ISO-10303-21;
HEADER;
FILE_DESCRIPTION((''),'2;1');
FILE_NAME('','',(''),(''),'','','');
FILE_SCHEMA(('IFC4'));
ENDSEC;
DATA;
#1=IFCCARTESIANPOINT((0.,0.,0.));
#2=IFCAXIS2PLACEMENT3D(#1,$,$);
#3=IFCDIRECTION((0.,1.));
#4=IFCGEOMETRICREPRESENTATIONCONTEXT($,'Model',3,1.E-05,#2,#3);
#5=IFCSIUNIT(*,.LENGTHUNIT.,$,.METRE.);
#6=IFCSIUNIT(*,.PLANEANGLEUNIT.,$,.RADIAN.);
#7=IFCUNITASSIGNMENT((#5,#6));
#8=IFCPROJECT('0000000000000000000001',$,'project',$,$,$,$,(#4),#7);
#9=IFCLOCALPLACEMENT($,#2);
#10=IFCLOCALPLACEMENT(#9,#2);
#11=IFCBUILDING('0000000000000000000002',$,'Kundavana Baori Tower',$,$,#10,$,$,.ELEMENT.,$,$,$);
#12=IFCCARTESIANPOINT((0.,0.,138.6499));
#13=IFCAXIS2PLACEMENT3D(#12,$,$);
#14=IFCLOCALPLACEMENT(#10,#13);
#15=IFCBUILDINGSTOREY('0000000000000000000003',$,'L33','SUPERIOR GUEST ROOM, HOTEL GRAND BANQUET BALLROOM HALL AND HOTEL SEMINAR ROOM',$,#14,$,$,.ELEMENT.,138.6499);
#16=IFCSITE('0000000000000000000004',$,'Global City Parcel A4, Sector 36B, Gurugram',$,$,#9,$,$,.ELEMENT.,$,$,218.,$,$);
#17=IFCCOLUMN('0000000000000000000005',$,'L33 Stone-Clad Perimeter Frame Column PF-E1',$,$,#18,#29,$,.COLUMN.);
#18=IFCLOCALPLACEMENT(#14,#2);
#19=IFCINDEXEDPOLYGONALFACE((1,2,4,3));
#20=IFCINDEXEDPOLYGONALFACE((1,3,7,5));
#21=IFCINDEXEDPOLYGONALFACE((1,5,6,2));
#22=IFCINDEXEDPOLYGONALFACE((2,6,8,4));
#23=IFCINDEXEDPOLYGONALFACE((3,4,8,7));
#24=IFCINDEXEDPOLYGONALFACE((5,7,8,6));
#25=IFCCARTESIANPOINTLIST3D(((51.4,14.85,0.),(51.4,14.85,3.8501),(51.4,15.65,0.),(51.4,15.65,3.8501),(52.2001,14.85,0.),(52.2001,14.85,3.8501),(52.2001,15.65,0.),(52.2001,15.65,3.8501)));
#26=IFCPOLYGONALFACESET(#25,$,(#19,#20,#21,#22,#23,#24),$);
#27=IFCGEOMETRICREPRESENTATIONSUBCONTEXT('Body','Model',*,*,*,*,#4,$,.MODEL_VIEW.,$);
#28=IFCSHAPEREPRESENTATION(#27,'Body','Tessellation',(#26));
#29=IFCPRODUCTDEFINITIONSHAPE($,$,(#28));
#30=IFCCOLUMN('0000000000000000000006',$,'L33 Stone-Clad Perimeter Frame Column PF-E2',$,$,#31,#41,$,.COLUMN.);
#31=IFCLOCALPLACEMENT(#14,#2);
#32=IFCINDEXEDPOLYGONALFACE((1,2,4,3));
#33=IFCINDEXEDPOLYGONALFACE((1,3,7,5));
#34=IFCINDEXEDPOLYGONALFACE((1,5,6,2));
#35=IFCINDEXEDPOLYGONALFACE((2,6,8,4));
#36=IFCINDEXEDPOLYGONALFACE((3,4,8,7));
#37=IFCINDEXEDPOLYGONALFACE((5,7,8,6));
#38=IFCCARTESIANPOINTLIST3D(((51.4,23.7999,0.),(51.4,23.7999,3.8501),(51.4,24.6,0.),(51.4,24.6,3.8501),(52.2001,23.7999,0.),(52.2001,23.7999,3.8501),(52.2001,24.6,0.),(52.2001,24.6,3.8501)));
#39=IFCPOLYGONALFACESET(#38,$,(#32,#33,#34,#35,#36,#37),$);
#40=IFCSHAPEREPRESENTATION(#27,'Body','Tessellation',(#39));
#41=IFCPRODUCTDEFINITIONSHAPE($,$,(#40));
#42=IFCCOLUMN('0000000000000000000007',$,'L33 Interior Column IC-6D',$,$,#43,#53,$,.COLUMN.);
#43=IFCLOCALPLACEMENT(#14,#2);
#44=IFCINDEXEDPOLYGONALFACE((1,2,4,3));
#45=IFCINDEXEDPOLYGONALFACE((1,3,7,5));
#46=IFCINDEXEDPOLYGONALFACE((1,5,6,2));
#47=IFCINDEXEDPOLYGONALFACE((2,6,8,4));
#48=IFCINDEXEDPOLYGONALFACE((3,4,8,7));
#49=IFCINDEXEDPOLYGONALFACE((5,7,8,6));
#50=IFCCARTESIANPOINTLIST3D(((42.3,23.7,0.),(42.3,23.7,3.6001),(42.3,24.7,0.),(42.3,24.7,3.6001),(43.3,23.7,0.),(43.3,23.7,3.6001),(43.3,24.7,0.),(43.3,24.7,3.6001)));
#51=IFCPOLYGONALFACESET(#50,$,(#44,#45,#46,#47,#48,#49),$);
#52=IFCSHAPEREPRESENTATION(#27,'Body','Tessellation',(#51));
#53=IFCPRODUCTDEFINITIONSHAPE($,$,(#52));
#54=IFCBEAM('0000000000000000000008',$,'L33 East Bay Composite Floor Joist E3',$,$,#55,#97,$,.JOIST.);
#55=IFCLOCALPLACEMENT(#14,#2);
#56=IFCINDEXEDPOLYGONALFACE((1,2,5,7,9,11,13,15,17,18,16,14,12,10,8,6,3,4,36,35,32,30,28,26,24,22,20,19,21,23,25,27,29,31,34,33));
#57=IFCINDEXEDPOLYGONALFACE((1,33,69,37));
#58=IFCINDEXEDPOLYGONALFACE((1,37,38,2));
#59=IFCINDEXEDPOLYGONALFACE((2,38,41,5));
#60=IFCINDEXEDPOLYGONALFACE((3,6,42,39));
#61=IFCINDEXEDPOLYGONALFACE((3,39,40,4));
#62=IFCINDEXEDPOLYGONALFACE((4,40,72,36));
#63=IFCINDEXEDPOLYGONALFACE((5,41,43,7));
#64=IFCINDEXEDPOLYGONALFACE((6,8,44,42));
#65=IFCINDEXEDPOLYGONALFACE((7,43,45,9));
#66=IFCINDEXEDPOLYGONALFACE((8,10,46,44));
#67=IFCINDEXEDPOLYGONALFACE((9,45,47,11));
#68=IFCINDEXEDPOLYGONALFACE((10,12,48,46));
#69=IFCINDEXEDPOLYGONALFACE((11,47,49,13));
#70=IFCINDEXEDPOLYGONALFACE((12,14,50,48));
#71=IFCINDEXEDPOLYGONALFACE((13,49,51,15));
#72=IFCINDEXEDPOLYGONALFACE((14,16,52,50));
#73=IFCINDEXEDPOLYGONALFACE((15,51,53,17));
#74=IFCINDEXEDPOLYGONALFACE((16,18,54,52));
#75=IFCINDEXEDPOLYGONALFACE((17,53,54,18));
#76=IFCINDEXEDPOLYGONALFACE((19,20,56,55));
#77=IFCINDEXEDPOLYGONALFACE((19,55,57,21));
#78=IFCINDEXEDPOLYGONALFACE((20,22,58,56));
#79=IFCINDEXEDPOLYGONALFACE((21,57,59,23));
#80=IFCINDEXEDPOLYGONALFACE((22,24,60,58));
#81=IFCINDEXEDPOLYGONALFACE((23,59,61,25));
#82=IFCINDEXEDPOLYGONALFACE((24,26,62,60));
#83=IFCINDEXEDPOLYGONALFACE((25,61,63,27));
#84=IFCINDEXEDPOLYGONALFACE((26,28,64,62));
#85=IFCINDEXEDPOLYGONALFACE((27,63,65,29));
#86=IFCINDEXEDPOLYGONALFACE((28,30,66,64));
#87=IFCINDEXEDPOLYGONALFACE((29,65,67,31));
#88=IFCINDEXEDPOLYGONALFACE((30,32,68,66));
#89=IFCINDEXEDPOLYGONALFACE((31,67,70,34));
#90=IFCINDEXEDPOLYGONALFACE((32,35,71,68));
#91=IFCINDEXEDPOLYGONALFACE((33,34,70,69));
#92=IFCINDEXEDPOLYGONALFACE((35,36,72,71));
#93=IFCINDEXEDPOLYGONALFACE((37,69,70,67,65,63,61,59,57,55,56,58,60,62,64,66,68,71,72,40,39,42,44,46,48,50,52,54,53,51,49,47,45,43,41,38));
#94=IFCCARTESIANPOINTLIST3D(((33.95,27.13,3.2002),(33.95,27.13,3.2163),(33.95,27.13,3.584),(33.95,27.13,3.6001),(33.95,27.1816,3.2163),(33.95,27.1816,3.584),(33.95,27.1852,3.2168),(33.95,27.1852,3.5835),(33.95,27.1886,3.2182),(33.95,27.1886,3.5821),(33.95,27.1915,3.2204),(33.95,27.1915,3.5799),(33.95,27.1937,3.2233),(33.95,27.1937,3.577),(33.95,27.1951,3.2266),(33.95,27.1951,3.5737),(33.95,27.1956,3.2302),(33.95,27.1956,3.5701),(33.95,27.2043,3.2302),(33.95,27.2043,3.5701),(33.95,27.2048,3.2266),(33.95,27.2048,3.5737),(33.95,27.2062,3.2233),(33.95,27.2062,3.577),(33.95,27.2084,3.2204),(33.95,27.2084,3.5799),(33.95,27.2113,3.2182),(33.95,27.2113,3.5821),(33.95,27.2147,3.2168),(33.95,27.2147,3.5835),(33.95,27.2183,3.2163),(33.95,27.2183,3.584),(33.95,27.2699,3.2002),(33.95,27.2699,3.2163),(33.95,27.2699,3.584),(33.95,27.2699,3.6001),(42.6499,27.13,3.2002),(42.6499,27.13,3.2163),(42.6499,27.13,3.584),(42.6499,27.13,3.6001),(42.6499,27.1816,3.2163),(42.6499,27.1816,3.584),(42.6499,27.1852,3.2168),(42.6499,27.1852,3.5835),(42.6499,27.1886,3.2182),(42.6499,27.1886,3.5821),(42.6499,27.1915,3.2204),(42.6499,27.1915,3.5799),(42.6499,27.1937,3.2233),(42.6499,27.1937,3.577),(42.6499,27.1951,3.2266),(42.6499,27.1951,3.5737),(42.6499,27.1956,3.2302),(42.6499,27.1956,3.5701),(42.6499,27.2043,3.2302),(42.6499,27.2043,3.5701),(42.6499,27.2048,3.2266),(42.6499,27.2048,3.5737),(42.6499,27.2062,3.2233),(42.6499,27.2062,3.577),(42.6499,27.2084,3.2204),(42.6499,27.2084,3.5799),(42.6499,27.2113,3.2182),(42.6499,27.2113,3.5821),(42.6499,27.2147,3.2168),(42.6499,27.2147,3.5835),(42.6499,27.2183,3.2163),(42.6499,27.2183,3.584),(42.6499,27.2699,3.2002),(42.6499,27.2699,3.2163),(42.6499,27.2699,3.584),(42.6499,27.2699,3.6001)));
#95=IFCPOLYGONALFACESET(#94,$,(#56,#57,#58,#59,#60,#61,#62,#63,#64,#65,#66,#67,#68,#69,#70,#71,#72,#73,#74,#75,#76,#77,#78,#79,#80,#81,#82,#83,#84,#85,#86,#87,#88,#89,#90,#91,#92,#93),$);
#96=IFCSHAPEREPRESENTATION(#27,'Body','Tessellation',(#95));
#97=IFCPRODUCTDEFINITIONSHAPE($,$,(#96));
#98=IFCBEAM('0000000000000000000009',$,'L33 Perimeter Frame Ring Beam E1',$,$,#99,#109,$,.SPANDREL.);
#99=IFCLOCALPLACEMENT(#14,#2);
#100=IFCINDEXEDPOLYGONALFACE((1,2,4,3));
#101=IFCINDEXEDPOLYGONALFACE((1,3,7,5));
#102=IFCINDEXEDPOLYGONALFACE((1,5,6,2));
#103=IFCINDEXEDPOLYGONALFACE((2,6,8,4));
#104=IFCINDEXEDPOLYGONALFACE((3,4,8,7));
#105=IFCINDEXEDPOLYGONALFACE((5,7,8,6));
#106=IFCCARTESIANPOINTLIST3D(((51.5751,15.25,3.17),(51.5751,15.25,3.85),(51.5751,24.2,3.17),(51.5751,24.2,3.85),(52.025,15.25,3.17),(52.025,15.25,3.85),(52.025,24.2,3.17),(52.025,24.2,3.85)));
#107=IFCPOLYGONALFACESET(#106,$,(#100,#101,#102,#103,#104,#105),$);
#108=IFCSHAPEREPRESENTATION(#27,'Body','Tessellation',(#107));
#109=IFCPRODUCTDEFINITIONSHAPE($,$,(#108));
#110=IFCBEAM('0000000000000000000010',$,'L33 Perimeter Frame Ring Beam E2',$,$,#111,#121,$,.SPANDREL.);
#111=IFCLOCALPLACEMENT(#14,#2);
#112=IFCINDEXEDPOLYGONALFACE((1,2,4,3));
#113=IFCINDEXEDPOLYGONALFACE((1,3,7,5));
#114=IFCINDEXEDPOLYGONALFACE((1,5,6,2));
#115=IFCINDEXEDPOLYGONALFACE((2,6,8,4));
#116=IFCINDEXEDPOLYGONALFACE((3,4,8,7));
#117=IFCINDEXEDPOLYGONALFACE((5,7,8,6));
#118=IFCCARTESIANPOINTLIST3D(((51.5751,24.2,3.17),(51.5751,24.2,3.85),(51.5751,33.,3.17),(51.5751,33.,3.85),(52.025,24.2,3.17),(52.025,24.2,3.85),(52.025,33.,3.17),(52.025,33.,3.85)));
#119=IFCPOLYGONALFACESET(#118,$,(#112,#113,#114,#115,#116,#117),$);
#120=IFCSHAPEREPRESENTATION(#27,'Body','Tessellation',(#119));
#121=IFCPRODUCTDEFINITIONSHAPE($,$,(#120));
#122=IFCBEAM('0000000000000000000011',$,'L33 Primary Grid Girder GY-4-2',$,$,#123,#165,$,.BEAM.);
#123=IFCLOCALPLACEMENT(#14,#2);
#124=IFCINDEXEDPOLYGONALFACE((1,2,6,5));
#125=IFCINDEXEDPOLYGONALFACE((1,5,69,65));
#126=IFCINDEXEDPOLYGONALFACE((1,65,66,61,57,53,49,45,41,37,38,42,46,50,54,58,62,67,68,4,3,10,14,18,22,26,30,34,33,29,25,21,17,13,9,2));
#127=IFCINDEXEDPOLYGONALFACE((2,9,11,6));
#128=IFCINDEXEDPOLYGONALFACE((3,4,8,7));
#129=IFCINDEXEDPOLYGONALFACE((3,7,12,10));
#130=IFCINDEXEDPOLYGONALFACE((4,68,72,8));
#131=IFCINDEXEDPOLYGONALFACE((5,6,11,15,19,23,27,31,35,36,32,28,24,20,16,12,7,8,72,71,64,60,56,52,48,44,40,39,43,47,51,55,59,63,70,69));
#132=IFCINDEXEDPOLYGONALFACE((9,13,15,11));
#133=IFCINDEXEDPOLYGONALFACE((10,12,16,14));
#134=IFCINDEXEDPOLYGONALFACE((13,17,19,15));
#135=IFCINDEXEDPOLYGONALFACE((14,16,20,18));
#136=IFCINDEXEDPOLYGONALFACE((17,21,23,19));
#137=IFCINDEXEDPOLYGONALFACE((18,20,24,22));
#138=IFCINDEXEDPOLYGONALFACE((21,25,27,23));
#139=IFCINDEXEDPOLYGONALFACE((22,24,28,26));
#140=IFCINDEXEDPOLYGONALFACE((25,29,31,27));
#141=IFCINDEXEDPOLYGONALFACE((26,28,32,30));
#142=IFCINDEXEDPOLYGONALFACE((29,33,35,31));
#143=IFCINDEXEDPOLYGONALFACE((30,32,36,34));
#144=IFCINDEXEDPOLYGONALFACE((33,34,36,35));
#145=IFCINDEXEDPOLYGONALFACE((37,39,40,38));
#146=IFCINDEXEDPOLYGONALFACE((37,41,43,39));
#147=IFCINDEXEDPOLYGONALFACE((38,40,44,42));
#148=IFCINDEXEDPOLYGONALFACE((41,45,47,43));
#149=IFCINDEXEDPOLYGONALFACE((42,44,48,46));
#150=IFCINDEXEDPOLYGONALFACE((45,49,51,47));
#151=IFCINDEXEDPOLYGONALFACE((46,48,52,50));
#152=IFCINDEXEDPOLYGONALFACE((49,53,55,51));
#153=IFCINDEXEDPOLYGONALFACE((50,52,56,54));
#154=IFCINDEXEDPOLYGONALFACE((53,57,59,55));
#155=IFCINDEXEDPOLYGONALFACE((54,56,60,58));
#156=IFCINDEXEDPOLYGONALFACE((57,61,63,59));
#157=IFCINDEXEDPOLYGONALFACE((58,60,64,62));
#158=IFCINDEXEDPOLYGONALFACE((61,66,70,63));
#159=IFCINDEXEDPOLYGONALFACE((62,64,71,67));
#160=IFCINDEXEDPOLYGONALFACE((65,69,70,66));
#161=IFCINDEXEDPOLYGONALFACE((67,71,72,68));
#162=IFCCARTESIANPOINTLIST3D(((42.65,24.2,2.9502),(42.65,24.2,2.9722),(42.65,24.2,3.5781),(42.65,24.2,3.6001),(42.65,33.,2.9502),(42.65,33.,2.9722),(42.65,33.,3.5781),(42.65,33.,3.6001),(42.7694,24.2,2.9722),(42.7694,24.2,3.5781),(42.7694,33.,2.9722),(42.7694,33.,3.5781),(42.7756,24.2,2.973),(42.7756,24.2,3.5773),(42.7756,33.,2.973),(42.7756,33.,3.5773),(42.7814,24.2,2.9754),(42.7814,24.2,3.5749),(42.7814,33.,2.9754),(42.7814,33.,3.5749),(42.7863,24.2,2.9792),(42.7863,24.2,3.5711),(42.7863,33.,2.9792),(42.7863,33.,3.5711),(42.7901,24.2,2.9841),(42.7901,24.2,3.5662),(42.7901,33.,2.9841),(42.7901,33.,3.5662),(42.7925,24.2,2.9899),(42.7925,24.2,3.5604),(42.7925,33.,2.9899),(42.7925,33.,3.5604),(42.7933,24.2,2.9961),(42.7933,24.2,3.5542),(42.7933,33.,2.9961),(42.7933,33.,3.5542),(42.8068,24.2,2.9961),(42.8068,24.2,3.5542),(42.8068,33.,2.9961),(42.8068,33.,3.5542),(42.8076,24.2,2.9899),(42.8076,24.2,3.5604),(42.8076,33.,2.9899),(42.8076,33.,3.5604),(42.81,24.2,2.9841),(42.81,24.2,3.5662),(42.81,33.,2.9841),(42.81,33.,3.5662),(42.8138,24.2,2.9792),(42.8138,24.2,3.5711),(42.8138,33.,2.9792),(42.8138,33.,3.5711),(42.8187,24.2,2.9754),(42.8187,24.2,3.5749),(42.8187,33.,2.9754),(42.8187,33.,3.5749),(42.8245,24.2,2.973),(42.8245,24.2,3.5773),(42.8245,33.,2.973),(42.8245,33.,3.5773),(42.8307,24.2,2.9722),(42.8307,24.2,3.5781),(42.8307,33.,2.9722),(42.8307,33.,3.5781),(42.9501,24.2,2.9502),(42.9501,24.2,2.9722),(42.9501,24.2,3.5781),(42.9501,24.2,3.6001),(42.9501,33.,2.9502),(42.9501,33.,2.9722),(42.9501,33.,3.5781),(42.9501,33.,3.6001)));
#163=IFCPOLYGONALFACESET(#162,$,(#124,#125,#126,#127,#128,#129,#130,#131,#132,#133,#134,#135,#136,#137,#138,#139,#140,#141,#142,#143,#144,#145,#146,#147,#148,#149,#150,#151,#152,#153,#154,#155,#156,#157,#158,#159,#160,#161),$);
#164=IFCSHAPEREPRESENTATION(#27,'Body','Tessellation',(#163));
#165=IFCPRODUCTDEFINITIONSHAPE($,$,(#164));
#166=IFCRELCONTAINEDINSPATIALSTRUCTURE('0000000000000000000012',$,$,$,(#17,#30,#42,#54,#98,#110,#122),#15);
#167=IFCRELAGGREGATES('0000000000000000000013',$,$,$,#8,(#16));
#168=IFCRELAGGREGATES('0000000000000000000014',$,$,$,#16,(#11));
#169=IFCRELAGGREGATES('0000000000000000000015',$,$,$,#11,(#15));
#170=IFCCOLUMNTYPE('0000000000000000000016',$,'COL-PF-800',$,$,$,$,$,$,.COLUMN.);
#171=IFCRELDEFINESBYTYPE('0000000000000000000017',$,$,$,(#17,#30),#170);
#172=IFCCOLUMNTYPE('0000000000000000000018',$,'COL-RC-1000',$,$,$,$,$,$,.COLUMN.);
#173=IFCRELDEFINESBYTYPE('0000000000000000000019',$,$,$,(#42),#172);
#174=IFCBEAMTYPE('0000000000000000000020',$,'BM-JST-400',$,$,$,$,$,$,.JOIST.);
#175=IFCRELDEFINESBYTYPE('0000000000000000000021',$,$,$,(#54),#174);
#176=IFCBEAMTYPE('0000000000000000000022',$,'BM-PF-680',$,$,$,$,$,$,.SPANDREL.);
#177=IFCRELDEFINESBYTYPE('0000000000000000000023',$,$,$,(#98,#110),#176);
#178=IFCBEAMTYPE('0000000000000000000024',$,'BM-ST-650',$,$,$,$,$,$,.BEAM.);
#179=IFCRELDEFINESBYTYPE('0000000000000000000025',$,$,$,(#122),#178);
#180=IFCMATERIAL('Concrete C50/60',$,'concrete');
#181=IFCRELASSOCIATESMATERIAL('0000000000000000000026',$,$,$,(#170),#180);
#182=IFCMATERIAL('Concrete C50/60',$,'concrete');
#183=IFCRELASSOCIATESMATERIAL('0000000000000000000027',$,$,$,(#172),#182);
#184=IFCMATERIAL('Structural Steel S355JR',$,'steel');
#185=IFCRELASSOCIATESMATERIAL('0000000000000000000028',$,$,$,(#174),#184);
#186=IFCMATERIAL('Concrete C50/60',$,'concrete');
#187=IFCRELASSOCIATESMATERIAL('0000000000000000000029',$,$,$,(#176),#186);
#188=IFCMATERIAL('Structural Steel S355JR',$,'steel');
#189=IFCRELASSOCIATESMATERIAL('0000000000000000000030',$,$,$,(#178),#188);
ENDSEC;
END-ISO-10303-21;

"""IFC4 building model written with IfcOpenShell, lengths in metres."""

from ifc_helpers import new_model, si_unit, direction, frame, origin, origin_2d, place, context, subcontext, project, spatial, rectangle, i_section, extrude, material, material_profile, profile_set, type_object, element, save


model = new_model("IFC4")

# Units and contexts
model_context = context("Model", 3, precision=1e-05, world=origin(), true_north=direction((0.0, 1.0)))
body_context = subcontext(model_context, "Body", "Model", "MODEL_VIEW")
ifc_project = project(units=[si_unit("LENGTHUNIT", "METRE"), si_unit("PLANEANGLEUNIT", "RADIAN")], contexts=[model_context])

# Site, building, storey
site_placement = place(None, origin())
site = spatial("IfcSite", under=ifc_project, at=site_placement, Name="Global City Parcel A4, Sector 36B, Gurugram", CompositionType="ELEMENT", RefElevation=218.0)
building_placement = place(site_placement, origin())
building = spatial("IfcBuilding", under=site, at=building_placement, Name="Kundavana Baori Tower", CompositionType="ELEMENT")
storey_placement = place(building_placement, frame((0.0, 0.0, 138.6499)))
storey = spatial("IfcBuildingStorey", under=building, at=storey_placement, Name="L33", Description="SUPERIOR GUEST ROOM, HOTEL GRAND BANQUET BALLROOM HALL AND HOTEL SEMINAR ROOM", CompositionType="ELEMENT", Elevation=138.6499)

# Columns
ifc_material_1 = material(Name="Concrete C50/60", Category="concrete")
ifc_material_profile_1 = material_profile(ifc_material_1, rectangle(XDim=0.8, YDim=0.8, at=origin_2d()), Name="RC PF 800x800")
ifc_profile_set_1 = profile_set([ifc_material_profile_1], Name="Concrete C50/60")
column_type_1 = type_object("IfcColumnType", Name="COL-PF-800", PredefinedType="COLUMN", material=ifc_profile_set_1)
for number, where, z_axis, x_axis, name in (
    (1, (51.8, 15.25, 0.0), (0.0, 0.0, 1.0), (1.0, 0.0, 0.0), "L33 Stone-Clad Perimeter Frame Column PF-E1"),
    (2, (51.8, 24.2, 0.0), (0.0, 0.0, 1.0), (1.0, 0.0, 0.0), "L33 Stone-Clad Perimeter Frame Column PF-E2"),
):
    element("IfcColumn", number, at=place(storey_placement, frame(where, z_axis=z_axis, x_axis=x_axis)), inside=storey, type_object=column_type_1, Name=name, PredefinedType="COLUMN", context=body_context, shape_type="SweptSolid", body=[
        extrude(rectangle(XDim=0.8, YDim=0.8, at=origin_2d()), origin(), (0.0, 0.0, 1.0), 3.8501),
    ])
ifc_material_2 = material(Name="Concrete C50/60", Category="concrete")
ifc_material_profile_2 = material_profile(ifc_material_2, rectangle(XDim=1.0, YDim=1.0, at=origin_2d()), Name="RC 1000x1000")
ifc_profile_set_2 = profile_set([ifc_material_profile_2], Name="Concrete C50/60")
column_type_2 = type_object("IfcColumnType", Name="COL-RC-1000", PredefinedType="COLUMN", material=ifc_profile_set_2)
column_placement = place(storey_placement, frame((42.8, 24.2, 0.0), z_axis=(0.0, 0.0, 1.0), x_axis=(1.0, 0.0, 0.0)))
element("IfcColumn", 3, at=column_placement, inside=storey, type_object=column_type_2, Name="L33 Interior Column IC-6D", PredefinedType="COLUMN", context=body_context, shape_type="SweptSolid", body=[
    extrude(rectangle(XDim=1.0, YDim=1.0, at=origin_2d()), origin(), (0.0, 0.0, 1.0), 3.6001),
])

# Beams
ifc_material_3 = material(Name="Structural Steel S355JR", Category="steel")
ifc_material_profile_3 = material_profile(ifc_material_3, i_section(OverallWidth=0.1399, OverallDepth=0.3999, WebThickness=0.0088, FlangeThickness=0.0161, FilletRadius=0.0139, at=origin_2d()), Name="ISMB 400")
ifc_profile_set_3 = profile_set([ifc_material_profile_3], Name="Structural Steel S355JR")
beam_type_1 = type_object("IfcBeamType", Name="BM-JST-400", PredefinedType="JOIST", material=ifc_profile_set_3)
beam_1_placement = place(storey_placement, frame((33.95, 27.2, 3.4001), z_axis=(1.0, 0.0, 0.0), x_axis=(0.0, 1.0, 0.0)))
element("IfcBeam", 4, at=beam_1_placement, inside=storey, type_object=beam_type_1, Name="L33 East Bay Composite Floor Joist E3", PredefinedType="JOIST", context=body_context, shape_type="SweptSolid", body=[
    extrude(i_section(OverallWidth=0.1399, OverallDepth=0.3999, WebThickness=0.0088, FlangeThickness=0.0161, FilletRadius=0.0139, at=origin_2d()), origin(), (0.0, 0.0, 1.0), 8.7),
])
ifc_material_4 = material(Name="Concrete C50/60", Category="concrete")
ifc_material_profile_4 = material_profile(ifc_material_4, rectangle(XDim=0.45, YDim=0.6799, at=origin_2d()), Name="RC BM 450x680")
ifc_profile_set_4 = profile_set([ifc_material_profile_4], Name="Concrete C50/60")
beam_type_2 = type_object("IfcBeamType", Name="BM-PF-680", PredefinedType="SPANDREL", material=ifc_profile_set_4)
beam_2_placement = place(storey_placement, frame((51.8, 15.25, 3.51), z_axis=(0.0, 1.0, 0.0), x_axis=(-1.0, 0.0, 0.0)))
element("IfcBeam", 5, at=beam_2_placement, inside=storey, type_object=beam_type_2, Name="L33 Perimeter Frame Ring Beam E1", PredefinedType="SPANDREL", context=body_context, shape_type="SweptSolid", body=[
    extrude(rectangle(XDim=0.45, YDim=0.6799, at=origin_2d()), origin(), (0.0, 0.0, 1.0), 8.95),
])
beam_3_placement = place(storey_placement, frame((51.8, 24.2, 3.51), z_axis=(0.0, 1.0, 0.0), x_axis=(-1.0, 0.0, 0.0)))
element("IfcBeam", 6, at=beam_3_placement, inside=storey, type_object=beam_type_2, Name="L33 Perimeter Frame Ring Beam E2", PredefinedType="SPANDREL", context=body_context, shape_type="SweptSolid", body=[
    extrude(rectangle(XDim=0.45, YDim=0.6799, at=origin_2d()), origin(), (0.0, 0.0, 1.0), 8.8),
])
ifc_material_5 = material(Name="Structural Steel S355JR", Category="steel")
ifc_material_profile_5 = material_profile(ifc_material_5, i_section(OverallWidth=0.3, OverallDepth=0.6499, WebThickness=0.0134, FlangeThickness=0.022, FilletRadius=0.0239, at=origin_2d()), Name="NPB 650x300x155")
ifc_profile_set_5 = profile_set([ifc_material_profile_5], Name="Structural Steel S355JR")
beam_type_3 = type_object("IfcBeamType", Name="BM-ST-650", PredefinedType="BEAM", material=ifc_profile_set_5)
beam_4_placement = place(storey_placement, frame((42.8, 24.2, 3.2751), z_axis=(0.0, 1.0, 0.0), x_axis=(-1.0, 0.0, 0.0)))
element("IfcBeam", 7, at=beam_4_placement, inside=storey, type_object=beam_type_3, Name="L33 Primary Grid Girder GY-4-2", PredefinedType="BEAM", context=body_context, shape_type="SweptSolid", body=[
    extrude(i_section(OverallWidth=0.3, OverallDepth=0.6499, WebThickness=0.0134, FlangeThickness=0.022, FilletRadius=0.0239, at=origin_2d()), origin(), (0.0, 0.0, 1.0), 8.8),
])

save(model, "model.ifc")
